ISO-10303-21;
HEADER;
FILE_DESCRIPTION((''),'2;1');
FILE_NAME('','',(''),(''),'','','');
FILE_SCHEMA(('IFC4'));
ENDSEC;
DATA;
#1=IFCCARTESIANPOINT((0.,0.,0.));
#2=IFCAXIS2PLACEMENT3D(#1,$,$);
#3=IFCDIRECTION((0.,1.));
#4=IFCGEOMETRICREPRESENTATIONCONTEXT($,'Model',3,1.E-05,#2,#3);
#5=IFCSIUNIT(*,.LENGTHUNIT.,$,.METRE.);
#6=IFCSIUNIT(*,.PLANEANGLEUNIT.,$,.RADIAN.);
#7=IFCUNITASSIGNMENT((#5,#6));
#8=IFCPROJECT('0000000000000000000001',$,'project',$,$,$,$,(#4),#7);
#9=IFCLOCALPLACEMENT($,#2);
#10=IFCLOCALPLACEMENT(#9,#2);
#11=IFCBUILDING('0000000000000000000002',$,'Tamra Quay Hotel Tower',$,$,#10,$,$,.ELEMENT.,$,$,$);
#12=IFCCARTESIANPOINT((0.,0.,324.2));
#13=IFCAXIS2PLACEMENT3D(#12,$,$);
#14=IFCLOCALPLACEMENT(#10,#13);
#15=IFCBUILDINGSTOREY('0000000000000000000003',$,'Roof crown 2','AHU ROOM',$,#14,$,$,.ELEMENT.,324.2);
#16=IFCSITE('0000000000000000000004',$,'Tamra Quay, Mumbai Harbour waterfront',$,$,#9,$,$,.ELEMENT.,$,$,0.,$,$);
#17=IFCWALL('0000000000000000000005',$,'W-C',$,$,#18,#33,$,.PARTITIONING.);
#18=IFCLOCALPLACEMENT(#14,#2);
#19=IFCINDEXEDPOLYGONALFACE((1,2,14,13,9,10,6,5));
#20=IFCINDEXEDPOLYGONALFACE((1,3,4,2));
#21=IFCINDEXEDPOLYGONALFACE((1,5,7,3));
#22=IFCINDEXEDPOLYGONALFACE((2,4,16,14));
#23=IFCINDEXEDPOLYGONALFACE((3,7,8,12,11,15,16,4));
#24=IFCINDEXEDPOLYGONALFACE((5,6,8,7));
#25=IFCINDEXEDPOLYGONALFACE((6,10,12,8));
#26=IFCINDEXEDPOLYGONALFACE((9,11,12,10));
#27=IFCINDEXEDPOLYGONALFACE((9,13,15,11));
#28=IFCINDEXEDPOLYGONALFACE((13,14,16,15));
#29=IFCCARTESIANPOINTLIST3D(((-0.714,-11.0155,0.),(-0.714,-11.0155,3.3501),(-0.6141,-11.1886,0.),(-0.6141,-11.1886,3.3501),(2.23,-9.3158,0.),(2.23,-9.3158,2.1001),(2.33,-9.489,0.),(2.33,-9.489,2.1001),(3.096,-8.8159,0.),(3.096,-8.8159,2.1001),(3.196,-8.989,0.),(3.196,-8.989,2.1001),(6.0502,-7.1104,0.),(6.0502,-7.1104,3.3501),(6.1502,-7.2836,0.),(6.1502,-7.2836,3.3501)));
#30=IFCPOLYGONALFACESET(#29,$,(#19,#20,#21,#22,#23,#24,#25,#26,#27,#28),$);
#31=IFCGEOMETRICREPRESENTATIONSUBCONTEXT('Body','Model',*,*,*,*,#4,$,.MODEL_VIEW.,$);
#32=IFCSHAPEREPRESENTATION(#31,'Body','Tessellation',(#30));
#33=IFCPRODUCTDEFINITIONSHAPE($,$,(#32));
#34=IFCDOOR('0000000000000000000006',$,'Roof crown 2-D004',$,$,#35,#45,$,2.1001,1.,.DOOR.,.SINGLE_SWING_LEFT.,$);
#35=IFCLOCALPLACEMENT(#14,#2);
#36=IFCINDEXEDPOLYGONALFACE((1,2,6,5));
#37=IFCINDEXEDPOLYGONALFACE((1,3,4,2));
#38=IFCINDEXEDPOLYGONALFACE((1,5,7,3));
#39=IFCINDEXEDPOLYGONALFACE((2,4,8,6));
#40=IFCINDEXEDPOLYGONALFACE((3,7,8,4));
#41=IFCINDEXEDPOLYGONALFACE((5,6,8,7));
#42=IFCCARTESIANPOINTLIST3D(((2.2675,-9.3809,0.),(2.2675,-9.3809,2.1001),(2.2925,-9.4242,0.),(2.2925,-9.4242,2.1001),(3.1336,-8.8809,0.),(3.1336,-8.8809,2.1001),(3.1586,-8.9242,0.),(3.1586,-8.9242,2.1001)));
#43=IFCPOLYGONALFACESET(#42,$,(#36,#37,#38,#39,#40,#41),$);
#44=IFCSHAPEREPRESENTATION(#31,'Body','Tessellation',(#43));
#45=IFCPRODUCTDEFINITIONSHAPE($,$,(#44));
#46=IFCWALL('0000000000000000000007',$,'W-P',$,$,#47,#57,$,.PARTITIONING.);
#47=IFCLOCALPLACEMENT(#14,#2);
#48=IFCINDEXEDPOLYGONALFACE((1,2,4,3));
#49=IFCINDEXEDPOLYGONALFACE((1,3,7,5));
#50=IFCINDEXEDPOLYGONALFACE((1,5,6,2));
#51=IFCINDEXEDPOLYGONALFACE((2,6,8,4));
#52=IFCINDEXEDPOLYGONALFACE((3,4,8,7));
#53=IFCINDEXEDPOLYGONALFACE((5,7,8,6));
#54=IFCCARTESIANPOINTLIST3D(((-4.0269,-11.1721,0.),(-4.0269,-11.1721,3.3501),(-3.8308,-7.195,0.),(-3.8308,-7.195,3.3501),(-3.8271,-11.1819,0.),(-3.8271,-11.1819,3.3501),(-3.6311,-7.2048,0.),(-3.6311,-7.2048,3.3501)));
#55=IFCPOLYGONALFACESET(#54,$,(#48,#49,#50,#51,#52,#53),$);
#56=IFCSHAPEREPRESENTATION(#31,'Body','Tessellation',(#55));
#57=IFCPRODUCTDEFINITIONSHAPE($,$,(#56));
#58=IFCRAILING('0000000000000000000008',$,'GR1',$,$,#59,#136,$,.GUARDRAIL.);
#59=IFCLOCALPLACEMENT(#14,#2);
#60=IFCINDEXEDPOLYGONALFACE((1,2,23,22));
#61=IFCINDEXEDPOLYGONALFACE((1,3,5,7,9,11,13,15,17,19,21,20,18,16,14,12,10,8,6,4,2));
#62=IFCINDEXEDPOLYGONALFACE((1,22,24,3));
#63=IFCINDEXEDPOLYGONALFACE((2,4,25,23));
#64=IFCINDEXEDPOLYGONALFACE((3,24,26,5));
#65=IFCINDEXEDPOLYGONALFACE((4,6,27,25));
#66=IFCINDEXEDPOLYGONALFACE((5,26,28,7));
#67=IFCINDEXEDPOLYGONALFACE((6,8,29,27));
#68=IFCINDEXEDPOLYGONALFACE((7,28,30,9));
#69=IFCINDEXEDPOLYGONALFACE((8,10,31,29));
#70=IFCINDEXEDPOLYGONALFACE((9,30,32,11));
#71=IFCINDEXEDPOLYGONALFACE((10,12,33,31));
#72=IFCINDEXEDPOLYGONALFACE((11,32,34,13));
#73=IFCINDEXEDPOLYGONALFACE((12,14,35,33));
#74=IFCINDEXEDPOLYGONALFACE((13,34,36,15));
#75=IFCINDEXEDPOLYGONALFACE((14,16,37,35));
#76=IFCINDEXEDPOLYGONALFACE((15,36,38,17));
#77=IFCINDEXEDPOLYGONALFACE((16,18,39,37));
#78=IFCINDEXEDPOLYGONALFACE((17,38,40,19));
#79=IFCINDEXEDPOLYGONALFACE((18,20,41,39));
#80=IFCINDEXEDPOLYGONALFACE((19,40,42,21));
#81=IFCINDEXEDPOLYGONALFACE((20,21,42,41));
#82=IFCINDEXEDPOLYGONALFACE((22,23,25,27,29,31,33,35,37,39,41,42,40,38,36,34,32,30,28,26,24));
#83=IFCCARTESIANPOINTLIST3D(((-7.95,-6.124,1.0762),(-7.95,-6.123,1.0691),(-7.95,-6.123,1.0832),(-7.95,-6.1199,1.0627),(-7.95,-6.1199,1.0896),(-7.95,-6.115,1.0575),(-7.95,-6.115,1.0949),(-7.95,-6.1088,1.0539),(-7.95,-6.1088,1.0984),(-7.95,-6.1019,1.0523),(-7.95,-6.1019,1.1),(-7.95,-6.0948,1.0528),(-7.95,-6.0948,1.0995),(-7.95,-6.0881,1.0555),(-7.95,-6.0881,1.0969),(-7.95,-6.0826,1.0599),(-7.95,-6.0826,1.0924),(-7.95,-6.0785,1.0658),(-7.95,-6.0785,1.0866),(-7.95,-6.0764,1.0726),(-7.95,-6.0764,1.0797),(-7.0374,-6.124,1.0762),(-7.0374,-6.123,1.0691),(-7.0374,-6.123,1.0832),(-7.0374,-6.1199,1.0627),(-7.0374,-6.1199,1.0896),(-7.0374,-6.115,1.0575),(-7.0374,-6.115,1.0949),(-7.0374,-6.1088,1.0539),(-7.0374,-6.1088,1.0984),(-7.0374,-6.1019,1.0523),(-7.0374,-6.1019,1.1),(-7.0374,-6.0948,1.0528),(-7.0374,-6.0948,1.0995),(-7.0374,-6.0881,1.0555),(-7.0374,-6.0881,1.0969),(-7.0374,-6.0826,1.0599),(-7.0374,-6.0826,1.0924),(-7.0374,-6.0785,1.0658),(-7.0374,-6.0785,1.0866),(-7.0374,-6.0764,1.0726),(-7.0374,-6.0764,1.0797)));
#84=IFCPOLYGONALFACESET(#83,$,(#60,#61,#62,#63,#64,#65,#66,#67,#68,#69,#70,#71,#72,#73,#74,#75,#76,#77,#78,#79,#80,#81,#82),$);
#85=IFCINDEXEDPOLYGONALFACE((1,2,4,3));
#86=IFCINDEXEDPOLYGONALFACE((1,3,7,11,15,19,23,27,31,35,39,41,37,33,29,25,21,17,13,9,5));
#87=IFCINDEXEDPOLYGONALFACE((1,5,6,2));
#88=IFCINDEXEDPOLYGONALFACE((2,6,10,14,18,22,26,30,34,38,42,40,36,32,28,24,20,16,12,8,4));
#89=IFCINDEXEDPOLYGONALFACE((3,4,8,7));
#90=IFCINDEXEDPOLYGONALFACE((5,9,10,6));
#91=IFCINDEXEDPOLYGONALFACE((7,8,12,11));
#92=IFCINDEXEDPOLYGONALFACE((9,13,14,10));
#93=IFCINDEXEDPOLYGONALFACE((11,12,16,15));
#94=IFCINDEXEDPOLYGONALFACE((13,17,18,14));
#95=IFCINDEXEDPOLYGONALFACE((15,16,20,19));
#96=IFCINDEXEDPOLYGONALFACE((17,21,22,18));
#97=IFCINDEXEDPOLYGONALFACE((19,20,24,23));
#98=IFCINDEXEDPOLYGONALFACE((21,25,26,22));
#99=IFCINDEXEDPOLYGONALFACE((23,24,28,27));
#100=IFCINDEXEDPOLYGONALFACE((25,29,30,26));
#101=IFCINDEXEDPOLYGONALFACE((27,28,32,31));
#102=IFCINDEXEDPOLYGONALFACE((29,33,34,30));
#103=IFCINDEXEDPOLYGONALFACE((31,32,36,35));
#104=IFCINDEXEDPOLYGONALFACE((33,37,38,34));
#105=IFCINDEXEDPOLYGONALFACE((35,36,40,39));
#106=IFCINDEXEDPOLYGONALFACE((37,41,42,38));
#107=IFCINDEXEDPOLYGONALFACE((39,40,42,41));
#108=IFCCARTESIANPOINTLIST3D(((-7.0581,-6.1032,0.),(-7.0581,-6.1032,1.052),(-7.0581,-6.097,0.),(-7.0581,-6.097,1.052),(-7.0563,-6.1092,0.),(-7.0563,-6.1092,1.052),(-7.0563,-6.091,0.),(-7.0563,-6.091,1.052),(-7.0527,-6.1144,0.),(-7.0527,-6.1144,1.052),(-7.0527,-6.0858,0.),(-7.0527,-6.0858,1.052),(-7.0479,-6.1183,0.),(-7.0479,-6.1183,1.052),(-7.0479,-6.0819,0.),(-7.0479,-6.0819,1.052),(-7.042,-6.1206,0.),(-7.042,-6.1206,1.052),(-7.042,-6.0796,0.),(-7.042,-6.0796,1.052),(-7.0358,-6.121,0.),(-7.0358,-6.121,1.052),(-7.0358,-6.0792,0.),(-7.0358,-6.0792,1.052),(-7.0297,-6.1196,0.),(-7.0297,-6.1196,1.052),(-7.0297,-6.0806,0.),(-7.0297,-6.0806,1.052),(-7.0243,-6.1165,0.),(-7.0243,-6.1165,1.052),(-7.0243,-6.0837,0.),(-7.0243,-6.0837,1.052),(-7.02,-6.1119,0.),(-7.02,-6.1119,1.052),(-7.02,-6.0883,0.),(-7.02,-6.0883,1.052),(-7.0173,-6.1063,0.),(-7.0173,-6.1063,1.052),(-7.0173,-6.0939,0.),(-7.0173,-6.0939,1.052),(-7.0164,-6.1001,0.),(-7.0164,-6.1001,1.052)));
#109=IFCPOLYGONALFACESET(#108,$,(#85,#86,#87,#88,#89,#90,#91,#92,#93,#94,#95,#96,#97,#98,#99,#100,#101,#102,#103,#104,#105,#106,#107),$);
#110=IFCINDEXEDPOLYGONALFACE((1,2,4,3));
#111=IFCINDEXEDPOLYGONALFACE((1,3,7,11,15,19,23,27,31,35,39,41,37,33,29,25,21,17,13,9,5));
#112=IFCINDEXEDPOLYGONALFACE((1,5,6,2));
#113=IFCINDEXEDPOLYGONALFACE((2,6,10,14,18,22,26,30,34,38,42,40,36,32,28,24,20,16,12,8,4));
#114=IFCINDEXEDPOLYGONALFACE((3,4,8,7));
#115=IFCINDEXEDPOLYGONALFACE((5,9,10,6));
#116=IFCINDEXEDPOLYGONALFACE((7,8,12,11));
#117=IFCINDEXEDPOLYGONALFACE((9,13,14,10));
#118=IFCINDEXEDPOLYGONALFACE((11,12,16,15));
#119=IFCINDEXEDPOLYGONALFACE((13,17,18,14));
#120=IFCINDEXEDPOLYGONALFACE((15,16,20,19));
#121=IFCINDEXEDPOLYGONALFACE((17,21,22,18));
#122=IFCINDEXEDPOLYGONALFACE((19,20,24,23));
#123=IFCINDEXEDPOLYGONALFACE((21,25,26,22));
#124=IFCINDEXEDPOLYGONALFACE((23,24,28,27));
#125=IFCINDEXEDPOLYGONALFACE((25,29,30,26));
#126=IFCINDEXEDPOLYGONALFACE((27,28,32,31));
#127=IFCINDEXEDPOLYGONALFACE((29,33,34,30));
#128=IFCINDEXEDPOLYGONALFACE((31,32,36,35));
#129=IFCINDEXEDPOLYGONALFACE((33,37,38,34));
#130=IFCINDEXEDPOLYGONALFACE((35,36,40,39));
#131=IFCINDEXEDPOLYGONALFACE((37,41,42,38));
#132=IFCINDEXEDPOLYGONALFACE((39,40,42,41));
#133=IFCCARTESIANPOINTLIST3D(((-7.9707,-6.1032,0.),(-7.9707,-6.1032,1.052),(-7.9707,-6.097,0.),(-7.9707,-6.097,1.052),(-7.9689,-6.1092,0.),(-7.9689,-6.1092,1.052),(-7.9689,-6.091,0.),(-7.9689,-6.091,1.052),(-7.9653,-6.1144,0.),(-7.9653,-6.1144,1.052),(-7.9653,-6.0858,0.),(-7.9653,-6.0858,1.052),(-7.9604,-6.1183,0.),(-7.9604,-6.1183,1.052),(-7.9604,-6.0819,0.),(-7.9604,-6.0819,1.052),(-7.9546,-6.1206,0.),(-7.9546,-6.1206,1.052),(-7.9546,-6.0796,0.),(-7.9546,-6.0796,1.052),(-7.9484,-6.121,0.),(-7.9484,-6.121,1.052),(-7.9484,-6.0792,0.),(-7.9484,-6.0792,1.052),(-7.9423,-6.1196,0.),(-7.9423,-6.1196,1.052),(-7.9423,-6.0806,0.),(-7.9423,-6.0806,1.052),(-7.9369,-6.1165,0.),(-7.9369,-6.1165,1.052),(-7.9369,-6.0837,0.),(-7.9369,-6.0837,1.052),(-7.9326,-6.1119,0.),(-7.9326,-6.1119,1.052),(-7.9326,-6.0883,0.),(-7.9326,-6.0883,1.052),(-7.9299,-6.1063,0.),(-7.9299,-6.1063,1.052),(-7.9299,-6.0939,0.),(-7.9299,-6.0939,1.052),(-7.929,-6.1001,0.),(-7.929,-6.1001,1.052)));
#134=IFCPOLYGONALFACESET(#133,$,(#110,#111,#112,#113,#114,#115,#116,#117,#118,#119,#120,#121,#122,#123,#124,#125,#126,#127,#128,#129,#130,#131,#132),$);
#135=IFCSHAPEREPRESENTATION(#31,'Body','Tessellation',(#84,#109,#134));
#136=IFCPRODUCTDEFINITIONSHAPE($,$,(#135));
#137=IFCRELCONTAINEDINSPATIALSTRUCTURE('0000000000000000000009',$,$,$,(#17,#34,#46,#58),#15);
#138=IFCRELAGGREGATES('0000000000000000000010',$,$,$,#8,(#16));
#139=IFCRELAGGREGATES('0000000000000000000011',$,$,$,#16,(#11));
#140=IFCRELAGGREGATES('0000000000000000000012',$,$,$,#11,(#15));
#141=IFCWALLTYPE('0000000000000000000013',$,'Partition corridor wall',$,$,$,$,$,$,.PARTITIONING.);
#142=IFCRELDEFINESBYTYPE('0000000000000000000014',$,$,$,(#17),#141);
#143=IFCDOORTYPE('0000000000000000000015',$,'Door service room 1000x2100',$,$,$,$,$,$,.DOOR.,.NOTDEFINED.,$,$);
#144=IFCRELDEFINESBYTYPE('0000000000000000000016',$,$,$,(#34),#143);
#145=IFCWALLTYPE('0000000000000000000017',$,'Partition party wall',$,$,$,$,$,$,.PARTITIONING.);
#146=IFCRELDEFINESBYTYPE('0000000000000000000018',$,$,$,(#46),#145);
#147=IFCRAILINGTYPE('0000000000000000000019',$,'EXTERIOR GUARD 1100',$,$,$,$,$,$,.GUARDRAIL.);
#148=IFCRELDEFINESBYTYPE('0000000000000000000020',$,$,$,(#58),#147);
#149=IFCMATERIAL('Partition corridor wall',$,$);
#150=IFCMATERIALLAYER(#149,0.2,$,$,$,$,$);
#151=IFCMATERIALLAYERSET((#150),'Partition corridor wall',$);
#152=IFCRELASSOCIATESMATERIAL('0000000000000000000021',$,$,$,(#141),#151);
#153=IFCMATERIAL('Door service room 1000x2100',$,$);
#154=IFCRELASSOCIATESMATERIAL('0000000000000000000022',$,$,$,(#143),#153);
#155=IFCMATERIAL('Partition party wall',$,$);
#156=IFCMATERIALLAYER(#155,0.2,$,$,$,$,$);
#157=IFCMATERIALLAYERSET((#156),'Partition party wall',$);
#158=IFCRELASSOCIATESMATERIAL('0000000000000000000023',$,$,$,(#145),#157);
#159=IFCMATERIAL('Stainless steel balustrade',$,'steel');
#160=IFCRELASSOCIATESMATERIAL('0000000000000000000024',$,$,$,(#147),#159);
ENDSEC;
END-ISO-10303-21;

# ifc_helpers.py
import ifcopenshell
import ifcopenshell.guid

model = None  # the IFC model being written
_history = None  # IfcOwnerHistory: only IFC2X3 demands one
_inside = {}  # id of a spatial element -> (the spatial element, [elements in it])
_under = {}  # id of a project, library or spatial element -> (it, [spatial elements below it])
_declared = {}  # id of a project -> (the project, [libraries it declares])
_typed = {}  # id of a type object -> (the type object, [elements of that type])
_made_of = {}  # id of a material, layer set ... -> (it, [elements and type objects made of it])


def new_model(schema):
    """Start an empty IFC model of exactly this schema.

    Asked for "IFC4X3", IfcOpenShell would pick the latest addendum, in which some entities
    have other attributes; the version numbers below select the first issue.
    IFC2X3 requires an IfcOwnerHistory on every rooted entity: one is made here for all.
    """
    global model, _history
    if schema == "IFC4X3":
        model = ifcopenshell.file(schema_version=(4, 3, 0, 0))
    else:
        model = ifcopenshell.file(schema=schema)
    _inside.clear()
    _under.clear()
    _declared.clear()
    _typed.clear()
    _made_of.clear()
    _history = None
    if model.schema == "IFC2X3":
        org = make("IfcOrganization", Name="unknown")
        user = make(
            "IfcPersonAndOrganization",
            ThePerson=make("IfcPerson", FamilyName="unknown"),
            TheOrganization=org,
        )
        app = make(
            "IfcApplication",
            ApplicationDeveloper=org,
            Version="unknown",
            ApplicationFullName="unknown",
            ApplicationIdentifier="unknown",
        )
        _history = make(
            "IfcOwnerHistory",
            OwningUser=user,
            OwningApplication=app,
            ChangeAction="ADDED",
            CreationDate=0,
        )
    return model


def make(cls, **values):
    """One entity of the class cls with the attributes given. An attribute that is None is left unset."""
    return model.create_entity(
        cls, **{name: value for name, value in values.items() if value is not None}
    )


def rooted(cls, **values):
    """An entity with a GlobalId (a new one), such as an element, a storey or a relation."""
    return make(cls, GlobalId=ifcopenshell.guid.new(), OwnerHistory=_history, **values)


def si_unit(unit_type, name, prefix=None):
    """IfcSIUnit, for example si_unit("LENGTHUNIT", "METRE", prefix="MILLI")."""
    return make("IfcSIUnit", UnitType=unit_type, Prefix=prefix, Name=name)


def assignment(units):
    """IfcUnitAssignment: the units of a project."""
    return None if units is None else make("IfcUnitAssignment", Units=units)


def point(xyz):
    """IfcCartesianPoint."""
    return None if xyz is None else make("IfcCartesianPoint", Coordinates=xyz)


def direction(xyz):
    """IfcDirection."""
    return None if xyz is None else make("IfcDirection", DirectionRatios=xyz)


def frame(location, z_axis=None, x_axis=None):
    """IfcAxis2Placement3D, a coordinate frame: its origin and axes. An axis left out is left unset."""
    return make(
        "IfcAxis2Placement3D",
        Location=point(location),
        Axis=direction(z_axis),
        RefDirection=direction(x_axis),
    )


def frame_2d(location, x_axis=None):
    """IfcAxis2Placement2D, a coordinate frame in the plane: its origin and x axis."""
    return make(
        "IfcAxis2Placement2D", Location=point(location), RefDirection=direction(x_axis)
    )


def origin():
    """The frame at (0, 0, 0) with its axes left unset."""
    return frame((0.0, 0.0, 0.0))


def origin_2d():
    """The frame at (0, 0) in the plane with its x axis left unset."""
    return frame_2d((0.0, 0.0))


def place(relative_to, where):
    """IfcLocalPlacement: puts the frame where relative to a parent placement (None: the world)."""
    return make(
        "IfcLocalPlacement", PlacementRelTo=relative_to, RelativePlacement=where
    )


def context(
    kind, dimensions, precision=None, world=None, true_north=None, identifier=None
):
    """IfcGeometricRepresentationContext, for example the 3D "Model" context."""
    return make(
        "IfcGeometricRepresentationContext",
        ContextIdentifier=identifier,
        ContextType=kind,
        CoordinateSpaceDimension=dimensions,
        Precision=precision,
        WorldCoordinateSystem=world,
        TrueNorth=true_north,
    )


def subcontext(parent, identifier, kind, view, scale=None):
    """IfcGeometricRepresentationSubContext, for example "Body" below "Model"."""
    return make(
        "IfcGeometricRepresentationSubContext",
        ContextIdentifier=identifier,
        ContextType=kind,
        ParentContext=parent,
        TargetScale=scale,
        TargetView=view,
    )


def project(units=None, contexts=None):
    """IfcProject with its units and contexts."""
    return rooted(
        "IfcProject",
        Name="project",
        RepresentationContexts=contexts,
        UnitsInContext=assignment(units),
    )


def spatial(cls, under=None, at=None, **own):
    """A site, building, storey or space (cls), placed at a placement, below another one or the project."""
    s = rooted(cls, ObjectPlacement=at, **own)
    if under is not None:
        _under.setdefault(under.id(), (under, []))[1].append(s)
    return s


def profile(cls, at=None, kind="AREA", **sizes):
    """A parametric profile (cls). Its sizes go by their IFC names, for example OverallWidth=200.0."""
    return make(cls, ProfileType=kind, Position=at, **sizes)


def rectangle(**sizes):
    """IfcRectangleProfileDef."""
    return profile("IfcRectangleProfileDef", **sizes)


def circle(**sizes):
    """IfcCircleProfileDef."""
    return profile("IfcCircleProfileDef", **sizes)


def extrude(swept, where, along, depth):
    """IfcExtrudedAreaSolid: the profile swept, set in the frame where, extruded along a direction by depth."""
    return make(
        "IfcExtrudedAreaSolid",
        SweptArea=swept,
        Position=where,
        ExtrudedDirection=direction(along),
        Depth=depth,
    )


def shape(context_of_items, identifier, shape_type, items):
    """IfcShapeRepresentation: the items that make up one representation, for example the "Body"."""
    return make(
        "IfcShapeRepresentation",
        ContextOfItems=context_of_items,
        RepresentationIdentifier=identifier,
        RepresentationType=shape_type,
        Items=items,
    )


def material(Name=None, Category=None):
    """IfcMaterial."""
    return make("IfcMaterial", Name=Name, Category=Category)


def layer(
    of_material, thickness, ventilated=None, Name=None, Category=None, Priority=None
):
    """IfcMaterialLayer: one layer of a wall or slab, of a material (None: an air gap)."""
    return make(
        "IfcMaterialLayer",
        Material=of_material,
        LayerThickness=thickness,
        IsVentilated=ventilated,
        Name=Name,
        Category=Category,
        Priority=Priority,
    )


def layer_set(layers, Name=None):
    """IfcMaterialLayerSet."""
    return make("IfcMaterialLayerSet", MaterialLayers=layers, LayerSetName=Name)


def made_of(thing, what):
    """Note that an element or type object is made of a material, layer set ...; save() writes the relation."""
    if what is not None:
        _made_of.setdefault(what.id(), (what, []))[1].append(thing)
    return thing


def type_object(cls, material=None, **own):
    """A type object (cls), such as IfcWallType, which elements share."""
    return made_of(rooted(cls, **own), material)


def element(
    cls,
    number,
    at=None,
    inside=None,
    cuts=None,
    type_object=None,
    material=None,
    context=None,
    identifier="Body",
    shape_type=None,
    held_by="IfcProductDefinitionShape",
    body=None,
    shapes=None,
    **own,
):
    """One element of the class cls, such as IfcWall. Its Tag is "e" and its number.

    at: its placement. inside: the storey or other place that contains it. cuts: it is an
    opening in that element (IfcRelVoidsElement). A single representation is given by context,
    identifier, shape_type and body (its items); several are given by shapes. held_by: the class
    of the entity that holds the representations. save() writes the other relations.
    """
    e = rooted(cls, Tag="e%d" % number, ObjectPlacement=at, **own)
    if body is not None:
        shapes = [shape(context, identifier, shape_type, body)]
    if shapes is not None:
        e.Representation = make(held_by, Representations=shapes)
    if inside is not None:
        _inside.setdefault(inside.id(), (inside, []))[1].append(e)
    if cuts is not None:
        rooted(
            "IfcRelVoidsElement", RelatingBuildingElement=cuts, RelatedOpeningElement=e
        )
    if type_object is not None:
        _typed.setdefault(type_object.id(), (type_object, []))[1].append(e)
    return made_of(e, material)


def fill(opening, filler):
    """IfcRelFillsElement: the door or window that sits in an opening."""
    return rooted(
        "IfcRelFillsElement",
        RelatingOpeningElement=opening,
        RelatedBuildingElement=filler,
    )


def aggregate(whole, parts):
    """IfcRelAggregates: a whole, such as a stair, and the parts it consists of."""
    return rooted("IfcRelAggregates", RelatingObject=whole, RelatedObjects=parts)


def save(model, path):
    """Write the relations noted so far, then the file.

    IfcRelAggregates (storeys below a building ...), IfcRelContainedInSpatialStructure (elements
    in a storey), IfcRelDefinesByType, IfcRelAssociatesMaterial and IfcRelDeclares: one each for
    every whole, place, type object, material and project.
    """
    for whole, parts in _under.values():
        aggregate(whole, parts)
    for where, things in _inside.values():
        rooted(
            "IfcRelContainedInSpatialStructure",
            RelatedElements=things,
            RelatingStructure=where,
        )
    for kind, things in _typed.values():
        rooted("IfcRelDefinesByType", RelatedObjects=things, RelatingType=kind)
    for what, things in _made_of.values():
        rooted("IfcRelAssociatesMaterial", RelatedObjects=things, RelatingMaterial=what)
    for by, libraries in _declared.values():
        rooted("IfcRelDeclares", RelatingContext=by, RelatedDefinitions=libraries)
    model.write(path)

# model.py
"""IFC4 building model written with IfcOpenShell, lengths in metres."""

from ifc_helpers import new_model, si_unit, direction, frame, frame_2d, origin, origin_2d, place, context, subcontext, project, spatial, rectangle, circle, extrude, material, layer, layer_set, type_object, element, fill, save


model = new_model("IFC4")

# Units and contexts
model_context = context("Model", 3, precision=1e-05, world=origin(), true_north=direction((0.0, 1.0)))
body_context = subcontext(model_context, "Body", "Model", "MODEL_VIEW")
ifc_project = project(units=[si_unit("LENGTHUNIT", "METRE"), si_unit("PLANEANGLEUNIT", "RADIAN")], contexts=[model_context])

# Site, building, storey
site_placement = place(None, origin())
site = spatial("IfcSite", under=ifc_project, at=site_placement, Name="Tamra Quay, Mumbai Harbour waterfront", CompositionType="ELEMENT", RefElevation=0.0)
building_placement = place(site_placement, origin())
building = spatial("IfcBuilding", under=site, at=building_placement, Name="Tamra Quay Hotel Tower", CompositionType="ELEMENT")
storey_placement = place(building_placement, frame((0.0, 0.0, 324.2)))
storey = spatial("IfcBuildingStorey", under=building, at=storey_placement, Name="Roof crown 2", Description="AHU ROOM", CompositionType="ELEMENT", Elevation=324.2)

# Shared definitions
ifc_material_1 = material(Name="Partition corridor wall")
ifc_layer_1 = layer(ifc_material_1, 0.2)
ifc_layer_set_1 = layer_set([ifc_layer_1], Name="Partition corridor wall")
wall_type_1 = type_object("IfcWallType", Name="Partition corridor wall", PredefinedType="PARTITIONING", material=ifc_layer_set_1)
ifc_material_2 = material(Name="Door service room 1000x2100")
door_type_1 = type_object("IfcDoorType", Name="Door service room 1000x2100", OperationType="NOTDEFINED", PredefinedType="DOOR", material=ifc_material_2)

# Wall, opening, door
wall_1_placement = place(storey_placement, frame((-0.6641, -11.1021, 0.0), z_axis=(0.0, 0.0, 1.0), x_axis=(0.86604, 0.499975, 0.0)))
wall_1 = element("IfcWall", 1, at=wall_1_placement, inside=storey, type_object=wall_type_1, Name="W-C", PredefinedType="PARTITIONING", context=body_context, shape_type="SweptSolid", body=[
    extrude(rectangle(XDim=7.8105, YDim=0.2, at=frame_2d((3.9053, 0.0))), origin(), (0.0, 0.0, 1.0), 3.3501),
])
opening_1_placement = place(wall_1_placement, frame((3.3994, 0.0, 0.0)))
opening_1 = element("IfcOpeningElement", 2, at=opening_1_placement, cuts=wall_1, PredefinedType="OPENING", context=body_context, shape_type="SweptSolid", body=[
    extrude(rectangle(XDim=1.0, YDim=2.1001, at=frame_2d((0.5, 1.05))), frame((0.0, 0.1099, 0.0), z_axis=(0.0, -1.0, 0.0), x_axis=(1.0, 0.0, 0.0)), (0.0, 0.0, 1.0), 0.22),
])
door_1_placement = place(opening_1_placement, origin())
door_1 = element("IfcDoor", 3, at=door_1_placement, inside=storey, type_object=door_type_1, Name="Roof crown 2-D004", OperationType="SINGLE_SWING_LEFT", OverallHeight=2.1001, OverallWidth=1.0, PredefinedType="DOOR", context=body_context, shape_type="SweptSolid", body=[
    extrude(rectangle(XDim=1.0, YDim=2.1001, at=frame_2d((0.5, 1.05))), frame((0.0, 0.0249, 0.0), z_axis=(0.0, -1.0, 0.0), x_axis=(1.0, 0.0, 0.0)), (0.0, 0.0, 1.0), 0.05),
])
fill(opening_1, door_1)

# Wall
ifc_material_3 = material(Name="Partition party wall")
ifc_layer_2 = layer(ifc_material_3, 0.2)
ifc_layer_set_2 = layer_set([ifc_layer_2], Name="Partition party wall")
wall_type_2 = type_object("IfcWallType", Name="Partition party wall", PredefinedType="PARTITIONING", material=ifc_layer_set_2)
wall_2_placement = place(storey_placement, frame((-3.927, -11.177, 0.0), z_axis=(0.0, 0.0, 1.0), x_axis=(0.049234, 0.998787, 0.0)))
element("IfcWall", 4, at=wall_2_placement, inside=storey, type_object=wall_type_2, Name="W-P", PredefinedType="PARTITIONING", context=body_context, shape_type="SweptSolid", body=[
    extrude(rectangle(XDim=3.9819, YDim=0.2, at=frame_2d((1.991, 0.0))), origin(), (0.0, 0.0, 1.0), 3.3501),
])

# Railing
ifc_material_4 = material(Name="Stainless steel balustrade", Category="steel")
railing_type_1 = type_object("IfcRailingType", Name="EXTERIOR GUARD 1100", PredefinedType="GUARDRAIL", material=ifc_material_4)
railing_1_placement = place(storey_placement, frame((-7.0374, -6.1001, 0.0)))
element("IfcRailing", 5, at=railing_1_placement, inside=storey, type_object=railing_type_1, Name="GR1", PredefinedType="GUARDRAIL", context=body_context, shape_type="SweptSolid", body=[
    extrude(circle(Radius=0.0239, at=origin_2d()), frame((0.0, 0.0, 1.0762), z_axis=(-1.0, 0.0, 0.0), x_axis=(0.0, -1.0, 0.0)), (0.0, 0.0, 1.0), 0.9126),
    extrude(circle(Radius=0.021, at=origin_2d()), origin(), (0.0, 0.0, 1.0), 1.052),
    extrude(circle(Radius=0.021, at=origin_2d()), frame((-0.9126, 0.0, 0.0)), (0.0, 0.0, 1.0), 1.052),
])

save(model, "model.ifc")
